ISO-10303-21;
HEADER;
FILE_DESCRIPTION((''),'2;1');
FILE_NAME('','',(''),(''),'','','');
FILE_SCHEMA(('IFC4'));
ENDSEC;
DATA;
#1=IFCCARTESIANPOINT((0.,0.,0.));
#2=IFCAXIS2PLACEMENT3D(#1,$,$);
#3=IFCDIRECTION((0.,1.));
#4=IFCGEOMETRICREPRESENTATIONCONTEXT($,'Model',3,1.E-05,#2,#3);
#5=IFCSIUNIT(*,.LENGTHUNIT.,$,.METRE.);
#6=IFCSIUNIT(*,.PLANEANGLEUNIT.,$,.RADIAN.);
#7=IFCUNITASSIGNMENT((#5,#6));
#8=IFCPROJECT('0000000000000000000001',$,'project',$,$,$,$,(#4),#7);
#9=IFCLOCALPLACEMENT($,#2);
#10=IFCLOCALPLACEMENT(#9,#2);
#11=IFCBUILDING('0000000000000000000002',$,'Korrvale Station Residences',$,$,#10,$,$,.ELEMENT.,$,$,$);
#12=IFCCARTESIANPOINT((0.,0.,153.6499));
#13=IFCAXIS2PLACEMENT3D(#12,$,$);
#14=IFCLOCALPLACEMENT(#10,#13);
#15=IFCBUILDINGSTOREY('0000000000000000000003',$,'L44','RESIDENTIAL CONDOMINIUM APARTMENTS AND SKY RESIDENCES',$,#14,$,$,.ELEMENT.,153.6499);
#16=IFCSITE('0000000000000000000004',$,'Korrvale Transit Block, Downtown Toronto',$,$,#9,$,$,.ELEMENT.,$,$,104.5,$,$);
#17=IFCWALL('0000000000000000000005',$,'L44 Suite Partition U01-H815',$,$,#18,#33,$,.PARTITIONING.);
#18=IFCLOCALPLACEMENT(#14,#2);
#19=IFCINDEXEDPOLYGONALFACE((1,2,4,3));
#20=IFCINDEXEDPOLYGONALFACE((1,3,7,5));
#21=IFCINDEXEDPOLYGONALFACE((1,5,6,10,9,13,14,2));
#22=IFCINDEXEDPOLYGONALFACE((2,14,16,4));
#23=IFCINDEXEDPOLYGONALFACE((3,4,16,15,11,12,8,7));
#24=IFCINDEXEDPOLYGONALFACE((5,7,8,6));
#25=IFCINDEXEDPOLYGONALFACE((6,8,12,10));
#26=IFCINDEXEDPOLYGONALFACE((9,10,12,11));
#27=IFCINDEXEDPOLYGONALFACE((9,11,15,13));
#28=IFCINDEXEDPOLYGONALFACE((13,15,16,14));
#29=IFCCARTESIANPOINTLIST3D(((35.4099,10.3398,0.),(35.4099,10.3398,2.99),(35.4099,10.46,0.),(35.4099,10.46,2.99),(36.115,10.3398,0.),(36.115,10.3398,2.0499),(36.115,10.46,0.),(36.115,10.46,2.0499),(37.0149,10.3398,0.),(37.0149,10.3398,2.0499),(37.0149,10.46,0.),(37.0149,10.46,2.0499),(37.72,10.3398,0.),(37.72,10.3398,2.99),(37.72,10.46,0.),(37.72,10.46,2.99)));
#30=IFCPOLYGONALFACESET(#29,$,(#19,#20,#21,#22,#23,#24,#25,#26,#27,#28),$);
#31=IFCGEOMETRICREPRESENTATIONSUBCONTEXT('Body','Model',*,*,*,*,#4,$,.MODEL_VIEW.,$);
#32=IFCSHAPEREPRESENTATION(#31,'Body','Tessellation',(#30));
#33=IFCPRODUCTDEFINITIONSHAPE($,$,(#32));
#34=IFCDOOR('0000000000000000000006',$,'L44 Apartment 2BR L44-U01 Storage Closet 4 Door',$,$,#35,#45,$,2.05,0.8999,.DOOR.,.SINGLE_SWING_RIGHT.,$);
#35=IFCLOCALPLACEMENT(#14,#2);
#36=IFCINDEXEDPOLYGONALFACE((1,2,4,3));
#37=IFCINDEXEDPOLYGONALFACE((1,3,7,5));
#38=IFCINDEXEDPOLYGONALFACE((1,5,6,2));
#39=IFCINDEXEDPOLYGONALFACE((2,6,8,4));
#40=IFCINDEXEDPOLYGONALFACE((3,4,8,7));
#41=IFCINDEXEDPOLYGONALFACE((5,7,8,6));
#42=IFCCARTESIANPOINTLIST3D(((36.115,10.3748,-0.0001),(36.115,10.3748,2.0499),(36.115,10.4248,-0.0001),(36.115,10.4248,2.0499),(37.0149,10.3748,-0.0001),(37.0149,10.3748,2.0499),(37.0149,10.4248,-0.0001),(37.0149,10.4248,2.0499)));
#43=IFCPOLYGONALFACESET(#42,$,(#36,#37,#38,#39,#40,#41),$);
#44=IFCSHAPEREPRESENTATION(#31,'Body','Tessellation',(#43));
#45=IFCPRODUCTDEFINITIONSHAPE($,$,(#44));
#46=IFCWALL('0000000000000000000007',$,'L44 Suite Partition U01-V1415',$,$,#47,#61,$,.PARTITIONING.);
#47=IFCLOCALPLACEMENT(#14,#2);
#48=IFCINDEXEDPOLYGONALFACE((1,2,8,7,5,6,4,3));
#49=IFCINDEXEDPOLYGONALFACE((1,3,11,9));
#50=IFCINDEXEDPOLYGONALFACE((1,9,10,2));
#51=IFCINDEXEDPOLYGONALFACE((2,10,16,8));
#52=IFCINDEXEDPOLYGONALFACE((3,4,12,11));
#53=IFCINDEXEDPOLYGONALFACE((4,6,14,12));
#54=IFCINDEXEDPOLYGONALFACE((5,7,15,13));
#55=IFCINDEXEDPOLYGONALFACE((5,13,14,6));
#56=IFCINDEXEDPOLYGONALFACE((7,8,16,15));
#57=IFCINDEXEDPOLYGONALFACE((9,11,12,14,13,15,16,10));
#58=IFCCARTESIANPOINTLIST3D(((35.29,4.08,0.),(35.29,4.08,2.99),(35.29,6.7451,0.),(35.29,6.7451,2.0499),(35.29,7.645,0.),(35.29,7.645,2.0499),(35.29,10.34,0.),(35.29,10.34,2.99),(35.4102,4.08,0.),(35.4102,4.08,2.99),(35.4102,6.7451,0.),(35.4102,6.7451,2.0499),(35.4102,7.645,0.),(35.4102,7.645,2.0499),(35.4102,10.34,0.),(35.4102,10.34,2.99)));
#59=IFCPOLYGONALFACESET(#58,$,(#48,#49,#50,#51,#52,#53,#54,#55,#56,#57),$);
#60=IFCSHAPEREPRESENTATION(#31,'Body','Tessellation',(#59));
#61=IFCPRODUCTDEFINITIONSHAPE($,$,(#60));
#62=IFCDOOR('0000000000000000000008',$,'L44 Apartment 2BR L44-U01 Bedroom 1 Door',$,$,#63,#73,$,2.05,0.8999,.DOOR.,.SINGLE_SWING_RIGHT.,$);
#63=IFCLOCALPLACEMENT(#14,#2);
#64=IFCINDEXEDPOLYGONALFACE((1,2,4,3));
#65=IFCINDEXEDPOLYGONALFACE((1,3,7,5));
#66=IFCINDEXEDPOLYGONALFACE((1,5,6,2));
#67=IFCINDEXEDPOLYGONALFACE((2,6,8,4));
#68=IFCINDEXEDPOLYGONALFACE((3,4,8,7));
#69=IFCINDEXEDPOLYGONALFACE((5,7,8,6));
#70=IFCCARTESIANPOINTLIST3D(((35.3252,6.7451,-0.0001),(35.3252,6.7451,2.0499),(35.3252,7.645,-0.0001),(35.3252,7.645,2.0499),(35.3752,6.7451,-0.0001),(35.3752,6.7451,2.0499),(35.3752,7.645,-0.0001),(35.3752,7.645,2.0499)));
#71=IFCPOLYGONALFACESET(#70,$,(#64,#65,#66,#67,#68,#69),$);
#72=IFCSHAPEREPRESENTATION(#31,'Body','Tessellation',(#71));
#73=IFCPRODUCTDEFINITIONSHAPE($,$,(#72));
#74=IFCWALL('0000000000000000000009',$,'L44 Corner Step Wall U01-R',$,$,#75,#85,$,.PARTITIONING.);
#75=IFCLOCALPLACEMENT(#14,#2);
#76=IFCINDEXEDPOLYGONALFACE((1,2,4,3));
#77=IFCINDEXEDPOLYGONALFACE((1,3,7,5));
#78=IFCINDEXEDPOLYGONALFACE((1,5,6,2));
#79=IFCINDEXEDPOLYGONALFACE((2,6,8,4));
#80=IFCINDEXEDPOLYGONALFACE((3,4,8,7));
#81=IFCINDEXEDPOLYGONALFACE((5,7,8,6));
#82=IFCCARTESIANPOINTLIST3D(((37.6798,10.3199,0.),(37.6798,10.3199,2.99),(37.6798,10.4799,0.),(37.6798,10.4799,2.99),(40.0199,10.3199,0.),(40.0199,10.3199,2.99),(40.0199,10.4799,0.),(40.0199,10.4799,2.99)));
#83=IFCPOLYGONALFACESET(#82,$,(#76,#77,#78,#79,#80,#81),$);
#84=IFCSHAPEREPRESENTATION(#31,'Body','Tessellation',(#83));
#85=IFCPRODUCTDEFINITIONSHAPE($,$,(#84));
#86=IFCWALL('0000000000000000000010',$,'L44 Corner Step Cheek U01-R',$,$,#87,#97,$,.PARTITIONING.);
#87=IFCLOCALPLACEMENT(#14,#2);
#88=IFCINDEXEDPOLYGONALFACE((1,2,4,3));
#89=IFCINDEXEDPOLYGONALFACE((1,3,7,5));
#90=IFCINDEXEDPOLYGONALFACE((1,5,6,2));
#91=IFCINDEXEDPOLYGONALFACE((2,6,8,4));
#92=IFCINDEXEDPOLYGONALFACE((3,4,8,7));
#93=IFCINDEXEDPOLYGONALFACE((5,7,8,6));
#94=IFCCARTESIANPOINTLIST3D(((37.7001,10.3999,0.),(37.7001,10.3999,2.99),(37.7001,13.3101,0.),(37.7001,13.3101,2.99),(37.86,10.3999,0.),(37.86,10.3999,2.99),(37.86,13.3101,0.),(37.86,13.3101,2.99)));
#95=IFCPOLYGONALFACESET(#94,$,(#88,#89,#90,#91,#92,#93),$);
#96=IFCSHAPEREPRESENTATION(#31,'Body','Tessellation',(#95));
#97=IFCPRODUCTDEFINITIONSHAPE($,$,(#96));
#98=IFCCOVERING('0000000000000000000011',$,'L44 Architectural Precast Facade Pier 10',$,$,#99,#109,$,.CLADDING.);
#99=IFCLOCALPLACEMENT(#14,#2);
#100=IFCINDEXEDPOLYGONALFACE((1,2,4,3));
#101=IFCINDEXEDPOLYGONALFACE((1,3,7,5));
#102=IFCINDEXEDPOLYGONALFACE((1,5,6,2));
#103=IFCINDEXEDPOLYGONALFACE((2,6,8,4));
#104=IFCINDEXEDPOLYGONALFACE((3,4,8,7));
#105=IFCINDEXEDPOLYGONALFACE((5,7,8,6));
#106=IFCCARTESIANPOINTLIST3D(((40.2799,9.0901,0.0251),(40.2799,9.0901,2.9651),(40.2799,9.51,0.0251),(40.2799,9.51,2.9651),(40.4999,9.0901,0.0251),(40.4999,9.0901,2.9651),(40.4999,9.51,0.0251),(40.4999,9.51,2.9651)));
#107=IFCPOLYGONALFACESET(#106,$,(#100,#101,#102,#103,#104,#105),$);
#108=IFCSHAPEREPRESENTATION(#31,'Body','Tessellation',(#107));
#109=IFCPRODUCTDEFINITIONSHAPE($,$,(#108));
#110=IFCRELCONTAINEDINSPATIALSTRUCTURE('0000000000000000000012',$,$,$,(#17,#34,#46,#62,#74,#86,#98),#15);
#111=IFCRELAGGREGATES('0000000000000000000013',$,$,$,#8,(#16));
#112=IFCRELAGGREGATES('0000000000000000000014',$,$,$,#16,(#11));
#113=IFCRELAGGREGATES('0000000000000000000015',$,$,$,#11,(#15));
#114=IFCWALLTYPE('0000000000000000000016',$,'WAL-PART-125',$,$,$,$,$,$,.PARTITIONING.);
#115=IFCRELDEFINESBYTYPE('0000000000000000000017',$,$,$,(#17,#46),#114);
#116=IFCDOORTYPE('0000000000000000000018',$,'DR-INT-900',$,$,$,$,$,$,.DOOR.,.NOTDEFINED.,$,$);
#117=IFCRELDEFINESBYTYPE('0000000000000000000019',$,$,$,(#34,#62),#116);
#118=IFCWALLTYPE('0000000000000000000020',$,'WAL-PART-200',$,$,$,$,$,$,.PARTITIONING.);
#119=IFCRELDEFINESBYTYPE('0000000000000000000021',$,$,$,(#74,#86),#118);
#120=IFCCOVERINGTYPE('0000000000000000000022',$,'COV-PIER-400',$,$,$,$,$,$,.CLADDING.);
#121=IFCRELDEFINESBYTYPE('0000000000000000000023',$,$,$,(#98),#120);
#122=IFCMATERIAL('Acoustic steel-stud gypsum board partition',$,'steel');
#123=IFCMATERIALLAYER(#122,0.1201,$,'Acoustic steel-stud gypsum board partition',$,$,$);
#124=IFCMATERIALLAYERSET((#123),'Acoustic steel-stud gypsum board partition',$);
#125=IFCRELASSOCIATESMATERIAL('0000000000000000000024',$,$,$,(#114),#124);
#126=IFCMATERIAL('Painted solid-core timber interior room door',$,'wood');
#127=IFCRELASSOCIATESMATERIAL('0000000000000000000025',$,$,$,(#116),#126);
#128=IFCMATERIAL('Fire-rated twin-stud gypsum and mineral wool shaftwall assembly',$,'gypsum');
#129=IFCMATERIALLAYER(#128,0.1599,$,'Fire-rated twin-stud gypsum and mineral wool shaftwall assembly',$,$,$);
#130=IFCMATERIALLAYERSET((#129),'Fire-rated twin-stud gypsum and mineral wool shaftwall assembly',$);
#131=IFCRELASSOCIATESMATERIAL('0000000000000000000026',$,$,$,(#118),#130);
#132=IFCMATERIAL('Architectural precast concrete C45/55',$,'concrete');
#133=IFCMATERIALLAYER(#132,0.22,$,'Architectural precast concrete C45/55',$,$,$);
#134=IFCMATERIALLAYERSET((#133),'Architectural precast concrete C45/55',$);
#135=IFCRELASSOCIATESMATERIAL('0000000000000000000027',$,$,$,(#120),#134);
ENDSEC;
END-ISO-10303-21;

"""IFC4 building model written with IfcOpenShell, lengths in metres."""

from ifc_helpers import new_model, si_unit, direction, frame, frame_2d, origin, origin_2d, place, context, subcontext, project, spatial, rectangle, extrude, material, layer, layer_set, type_object, element, fill, save


model = new_model("IFC4")

# Units and contexts
model_context = context("Model", 3, precision=1e-05, world=origin(), true_north=direction((0.0, 1.0)))
body_context = subcontext(model_context, "Body", "Model", "MODEL_VIEW")
ifc_project = project(units=[si_unit("LENGTHUNIT", "METRE"), si_unit("PLANEANGLEUNIT", "RADIAN")], contexts=[model_context])

# Site, building, storey
site_placement = place(None, origin())
site = spatial("IfcSite", under=ifc_project, at=site_placement, Name="Korrvale Transit Block, Downtown Toronto", CompositionType="ELEMENT", RefElevation=104.5)
building_placement = place(site_placement, origin())
building = spatial("IfcBuilding", under=site, at=building_placement, Name="Korrvale Station Residences", CompositionType="ELEMENT")
storey_placement = place(building_placement, frame((0.0, 0.0, 153.6499)))
storey = spatial("IfcBuildingStorey", under=building, at=storey_placement, Name="L44", Description="RESIDENTIAL CONDOMINIUM APARTMENTS AND SKY RESIDENCES", CompositionType="ELEMENT", Elevation=153.6499)

# Shared definitions
ifc_material_1 = material(Name="Acoustic steel-stud gypsum board partition", Category="steel")
ifc_layer_1 = layer(ifc_material_1, 0.1201, Name="Acoustic steel-stud gypsum board partition")
ifc_layer_set_1 = layer_set([ifc_layer_1], Name="Acoustic steel-stud gypsum board partition")
wall_type_1 = type_object("IfcWallType", Name="WAL-PART-125", PredefinedType="PARTITIONING", material=ifc_layer_set_1)
ifc_material_2 = material(Name="Painted solid-core timber interior room door", Category="wood")
door_type = type_object("IfcDoorType", Name="DR-INT-900", OperationType="NOTDEFINED", PredefinedType="DOOR", material=ifc_material_2)

# Walls, openings, doors
wall_1_placement = place(storey_placement, frame((35.4099, 10.3999, 0.0), z_axis=(0.0, 0.0, 1.0), x_axis=(1.0, 0.0, 0.0)))
wall_1 = element("IfcWall", 1, at=wall_1_placement, inside=storey, type_object=wall_type_1, Name="L44 Suite Partition U01-H815", PredefinedType="PARTITIONING", context=body_context, shape_type="SweptSolid", body=[
    extrude(rectangle(XDim=2.3101, YDim=0.1201, at=frame_2d((1.155, 0.0))), origin(), (0.0, 0.0, 1.0), 2.99),
])
opening_1_placement = place(wall_1_placement, frame((0.7051, 0.0, 0.0)))
opening_1 = element("IfcOpeningElement", 2, at=opening_1_placement, cuts=wall_1, PredefinedType="OPENING", context=body_context, shape_type="SweptSolid", body=[
    extrude(rectangle(XDim=0.8999, YDim=2.05, at=frame_2d((0.45, 1.0249))), frame((0.0, 0.0701, 0.0), z_axis=(0.0, -1.0, 0.0), x_axis=(1.0, 0.0, 0.0)), (0.0, 0.0, 1.0), 0.1401),
])
door_1_placement = place(opening_1_placement, origin())
door_1 = element("IfcDoor", 3, at=door_1_placement, inside=storey, type_object=door_type, Name="L44 Apartment 2BR L44-U01 Storage Closet 4 Door", OperationType="SINGLE_SWING_RIGHT", OverallHeight=2.05, OverallWidth=0.8999, PredefinedType="DOOR", context=body_context, shape_type="SweptSolid", body=[
    extrude(rectangle(XDim=0.8999, YDim=2.05, at=frame_2d((0.45, 1.0249))), frame((0.0, 0.0249, 0.0), z_axis=(0.0, -1.0, 0.0), x_axis=(1.0, 0.0, 0.0)), (0.0, 0.0, 1.0), 0.05),
])
fill(opening_1, door_1)
wall_2_placement = place(storey_placement, frame((35.3501, 4.0801, 0.0), z_axis=(0.0, 0.0, 1.0), x_axis=(0.0, 1.0, 0.0)))
wall_2 = element("IfcWall", 4, at=wall_2_placement, inside=storey, type_object=wall_type_1, Name="L44 Suite Partition U01-V1415", PredefinedType="PARTITIONING", context=body_context, shape_type="SweptSolid", body=[
    extrude(rectangle(XDim=6.26, YDim=0.1201, at=frame_2d((3.1299, 0.0))), origin(), (0.0, 0.0, 1.0), 2.99),
])
opening_2_placement = place(wall_2_placement, frame((2.665, 0.0, 0.0)))
opening_2 = element("IfcOpeningElement", 5, at=opening_2_placement, cuts=wall_2, PredefinedType="OPENING", context=body_context, shape_type="SweptSolid", body=[
    extrude(rectangle(XDim=0.8999, YDim=2.05, at=frame_2d((0.45, 1.0249))), frame((0.0, 0.0701, 0.0), z_axis=(0.0, -1.0, 0.0), x_axis=(1.0, 0.0, 0.0)), (0.0, 0.0, 1.0), 0.1401),
])
door_2_placement = place(opening_2_placement, origin())
door_2 = element("IfcDoor", 6, at=door_2_placement, inside=storey, type_object=door_type, Name="L44 Apartment 2BR L44-U01 Bedroom 1 Door", OperationType="SINGLE_SWING_RIGHT", OverallHeight=2.05, OverallWidth=0.8999, PredefinedType="DOOR", context=body_context, shape_type="SweptSolid", body=[
    extrude(rectangle(XDim=0.8999, YDim=2.05, at=frame_2d((0.45, 1.0249))), frame((0.0, 0.0249, 0.0), z_axis=(0.0, -1.0, 0.0), x_axis=(1.0, 0.0, 0.0)), (0.0, 0.0, 1.0), 0.05),
])
fill(opening_2, door_2)

# Walls
ifc_material_3 = material(Name="Fire-rated twin-stud gypsum and mineral wool shaftwall assembly", Category="gypsum")
ifc_layer_2 = layer(ifc_material_3, 0.1599, Name="Fire-rated twin-stud gypsum and mineral wool shaftwall assembly")
ifc_layer_set_2 = layer_set([ifc_layer_2], Name="Fire-rated twin-stud gypsum and mineral wool shaftwall assembly")
wall_type_2 = type_object("IfcWallType", Name="WAL-PART-200", PredefinedType="PARTITIONING", material=ifc_layer_set_2)
wall_3_placement = place(storey_placement, frame((37.6799, 10.3999, 0.0), z_axis=(0.0, 0.0, 1.0), x_axis=(1.0, 0.0, 0.0)))
element("IfcWall", 7, at=wall_3_placement, inside=storey, type_object=wall_type_2, Name="L44 Corner Step Wall U01-R", PredefinedType="PARTITIONING", context=body_context, shape_type="SweptSolid", body=[
    extrude(rectangle(XDim=2.3401, YDim=0.1599, at=frame_2d((1.1699, 0.0))), origin(), (0.0, 0.0, 1.0), 2.99),
])
wall_4_placement = place(storey_placement, frame((37.78, 10.3999, 0.0), z_axis=(0.0, 0.0, 1.0), x_axis=(0.0, 1.0, 0.0)))
element("IfcWall", 8, at=wall_4_placement, inside=storey, type_object=wall_type_2, Name="L44 Corner Step Cheek U01-R", PredefinedType="PARTITIONING", context=body_context, shape_type="SweptSolid", body=[
    extrude(rectangle(XDim=2.9102, YDim=0.1599, at=frame_2d((1.4551, 0.0))), origin(), (0.0, 0.0, 1.0), 2.99),
])

# Covering
ifc_material_4 = material(Name="Architectural precast concrete C45/55", Category="concrete")
ifc_layer_3 = layer(ifc_material_4, 0.22, Name="Architectural precast concrete C45/55")
ifc_layer_set_3 = layer_set([ifc_layer_3], Name="Architectural precast concrete C45/55")
covering_type = type_object("IfcCoveringType", Name="COV-PIER-400", PredefinedType="CLADDING", material=ifc_layer_set_3)
covering_placement = place(storey_placement, frame((40.3899, 9.3, 0.0251), z_axis=(0.0, 0.0, 1.0), x_axis=(0.0, 1.0, 0.0)))
element("IfcCovering", 9, at=covering_placement, inside=storey, type_object=covering_type, Name="L44 Architectural Precast Facade Pier 10", PredefinedType="CLADDING", context=body_context, shape_type="SweptSolid", body=[
    extrude(rectangle(XDim=0.4199, YDim=0.22, at=origin_2d()), origin(), (0.0, 0.0, 1.0), 2.9399),
])

save(model, "model.ifc")
